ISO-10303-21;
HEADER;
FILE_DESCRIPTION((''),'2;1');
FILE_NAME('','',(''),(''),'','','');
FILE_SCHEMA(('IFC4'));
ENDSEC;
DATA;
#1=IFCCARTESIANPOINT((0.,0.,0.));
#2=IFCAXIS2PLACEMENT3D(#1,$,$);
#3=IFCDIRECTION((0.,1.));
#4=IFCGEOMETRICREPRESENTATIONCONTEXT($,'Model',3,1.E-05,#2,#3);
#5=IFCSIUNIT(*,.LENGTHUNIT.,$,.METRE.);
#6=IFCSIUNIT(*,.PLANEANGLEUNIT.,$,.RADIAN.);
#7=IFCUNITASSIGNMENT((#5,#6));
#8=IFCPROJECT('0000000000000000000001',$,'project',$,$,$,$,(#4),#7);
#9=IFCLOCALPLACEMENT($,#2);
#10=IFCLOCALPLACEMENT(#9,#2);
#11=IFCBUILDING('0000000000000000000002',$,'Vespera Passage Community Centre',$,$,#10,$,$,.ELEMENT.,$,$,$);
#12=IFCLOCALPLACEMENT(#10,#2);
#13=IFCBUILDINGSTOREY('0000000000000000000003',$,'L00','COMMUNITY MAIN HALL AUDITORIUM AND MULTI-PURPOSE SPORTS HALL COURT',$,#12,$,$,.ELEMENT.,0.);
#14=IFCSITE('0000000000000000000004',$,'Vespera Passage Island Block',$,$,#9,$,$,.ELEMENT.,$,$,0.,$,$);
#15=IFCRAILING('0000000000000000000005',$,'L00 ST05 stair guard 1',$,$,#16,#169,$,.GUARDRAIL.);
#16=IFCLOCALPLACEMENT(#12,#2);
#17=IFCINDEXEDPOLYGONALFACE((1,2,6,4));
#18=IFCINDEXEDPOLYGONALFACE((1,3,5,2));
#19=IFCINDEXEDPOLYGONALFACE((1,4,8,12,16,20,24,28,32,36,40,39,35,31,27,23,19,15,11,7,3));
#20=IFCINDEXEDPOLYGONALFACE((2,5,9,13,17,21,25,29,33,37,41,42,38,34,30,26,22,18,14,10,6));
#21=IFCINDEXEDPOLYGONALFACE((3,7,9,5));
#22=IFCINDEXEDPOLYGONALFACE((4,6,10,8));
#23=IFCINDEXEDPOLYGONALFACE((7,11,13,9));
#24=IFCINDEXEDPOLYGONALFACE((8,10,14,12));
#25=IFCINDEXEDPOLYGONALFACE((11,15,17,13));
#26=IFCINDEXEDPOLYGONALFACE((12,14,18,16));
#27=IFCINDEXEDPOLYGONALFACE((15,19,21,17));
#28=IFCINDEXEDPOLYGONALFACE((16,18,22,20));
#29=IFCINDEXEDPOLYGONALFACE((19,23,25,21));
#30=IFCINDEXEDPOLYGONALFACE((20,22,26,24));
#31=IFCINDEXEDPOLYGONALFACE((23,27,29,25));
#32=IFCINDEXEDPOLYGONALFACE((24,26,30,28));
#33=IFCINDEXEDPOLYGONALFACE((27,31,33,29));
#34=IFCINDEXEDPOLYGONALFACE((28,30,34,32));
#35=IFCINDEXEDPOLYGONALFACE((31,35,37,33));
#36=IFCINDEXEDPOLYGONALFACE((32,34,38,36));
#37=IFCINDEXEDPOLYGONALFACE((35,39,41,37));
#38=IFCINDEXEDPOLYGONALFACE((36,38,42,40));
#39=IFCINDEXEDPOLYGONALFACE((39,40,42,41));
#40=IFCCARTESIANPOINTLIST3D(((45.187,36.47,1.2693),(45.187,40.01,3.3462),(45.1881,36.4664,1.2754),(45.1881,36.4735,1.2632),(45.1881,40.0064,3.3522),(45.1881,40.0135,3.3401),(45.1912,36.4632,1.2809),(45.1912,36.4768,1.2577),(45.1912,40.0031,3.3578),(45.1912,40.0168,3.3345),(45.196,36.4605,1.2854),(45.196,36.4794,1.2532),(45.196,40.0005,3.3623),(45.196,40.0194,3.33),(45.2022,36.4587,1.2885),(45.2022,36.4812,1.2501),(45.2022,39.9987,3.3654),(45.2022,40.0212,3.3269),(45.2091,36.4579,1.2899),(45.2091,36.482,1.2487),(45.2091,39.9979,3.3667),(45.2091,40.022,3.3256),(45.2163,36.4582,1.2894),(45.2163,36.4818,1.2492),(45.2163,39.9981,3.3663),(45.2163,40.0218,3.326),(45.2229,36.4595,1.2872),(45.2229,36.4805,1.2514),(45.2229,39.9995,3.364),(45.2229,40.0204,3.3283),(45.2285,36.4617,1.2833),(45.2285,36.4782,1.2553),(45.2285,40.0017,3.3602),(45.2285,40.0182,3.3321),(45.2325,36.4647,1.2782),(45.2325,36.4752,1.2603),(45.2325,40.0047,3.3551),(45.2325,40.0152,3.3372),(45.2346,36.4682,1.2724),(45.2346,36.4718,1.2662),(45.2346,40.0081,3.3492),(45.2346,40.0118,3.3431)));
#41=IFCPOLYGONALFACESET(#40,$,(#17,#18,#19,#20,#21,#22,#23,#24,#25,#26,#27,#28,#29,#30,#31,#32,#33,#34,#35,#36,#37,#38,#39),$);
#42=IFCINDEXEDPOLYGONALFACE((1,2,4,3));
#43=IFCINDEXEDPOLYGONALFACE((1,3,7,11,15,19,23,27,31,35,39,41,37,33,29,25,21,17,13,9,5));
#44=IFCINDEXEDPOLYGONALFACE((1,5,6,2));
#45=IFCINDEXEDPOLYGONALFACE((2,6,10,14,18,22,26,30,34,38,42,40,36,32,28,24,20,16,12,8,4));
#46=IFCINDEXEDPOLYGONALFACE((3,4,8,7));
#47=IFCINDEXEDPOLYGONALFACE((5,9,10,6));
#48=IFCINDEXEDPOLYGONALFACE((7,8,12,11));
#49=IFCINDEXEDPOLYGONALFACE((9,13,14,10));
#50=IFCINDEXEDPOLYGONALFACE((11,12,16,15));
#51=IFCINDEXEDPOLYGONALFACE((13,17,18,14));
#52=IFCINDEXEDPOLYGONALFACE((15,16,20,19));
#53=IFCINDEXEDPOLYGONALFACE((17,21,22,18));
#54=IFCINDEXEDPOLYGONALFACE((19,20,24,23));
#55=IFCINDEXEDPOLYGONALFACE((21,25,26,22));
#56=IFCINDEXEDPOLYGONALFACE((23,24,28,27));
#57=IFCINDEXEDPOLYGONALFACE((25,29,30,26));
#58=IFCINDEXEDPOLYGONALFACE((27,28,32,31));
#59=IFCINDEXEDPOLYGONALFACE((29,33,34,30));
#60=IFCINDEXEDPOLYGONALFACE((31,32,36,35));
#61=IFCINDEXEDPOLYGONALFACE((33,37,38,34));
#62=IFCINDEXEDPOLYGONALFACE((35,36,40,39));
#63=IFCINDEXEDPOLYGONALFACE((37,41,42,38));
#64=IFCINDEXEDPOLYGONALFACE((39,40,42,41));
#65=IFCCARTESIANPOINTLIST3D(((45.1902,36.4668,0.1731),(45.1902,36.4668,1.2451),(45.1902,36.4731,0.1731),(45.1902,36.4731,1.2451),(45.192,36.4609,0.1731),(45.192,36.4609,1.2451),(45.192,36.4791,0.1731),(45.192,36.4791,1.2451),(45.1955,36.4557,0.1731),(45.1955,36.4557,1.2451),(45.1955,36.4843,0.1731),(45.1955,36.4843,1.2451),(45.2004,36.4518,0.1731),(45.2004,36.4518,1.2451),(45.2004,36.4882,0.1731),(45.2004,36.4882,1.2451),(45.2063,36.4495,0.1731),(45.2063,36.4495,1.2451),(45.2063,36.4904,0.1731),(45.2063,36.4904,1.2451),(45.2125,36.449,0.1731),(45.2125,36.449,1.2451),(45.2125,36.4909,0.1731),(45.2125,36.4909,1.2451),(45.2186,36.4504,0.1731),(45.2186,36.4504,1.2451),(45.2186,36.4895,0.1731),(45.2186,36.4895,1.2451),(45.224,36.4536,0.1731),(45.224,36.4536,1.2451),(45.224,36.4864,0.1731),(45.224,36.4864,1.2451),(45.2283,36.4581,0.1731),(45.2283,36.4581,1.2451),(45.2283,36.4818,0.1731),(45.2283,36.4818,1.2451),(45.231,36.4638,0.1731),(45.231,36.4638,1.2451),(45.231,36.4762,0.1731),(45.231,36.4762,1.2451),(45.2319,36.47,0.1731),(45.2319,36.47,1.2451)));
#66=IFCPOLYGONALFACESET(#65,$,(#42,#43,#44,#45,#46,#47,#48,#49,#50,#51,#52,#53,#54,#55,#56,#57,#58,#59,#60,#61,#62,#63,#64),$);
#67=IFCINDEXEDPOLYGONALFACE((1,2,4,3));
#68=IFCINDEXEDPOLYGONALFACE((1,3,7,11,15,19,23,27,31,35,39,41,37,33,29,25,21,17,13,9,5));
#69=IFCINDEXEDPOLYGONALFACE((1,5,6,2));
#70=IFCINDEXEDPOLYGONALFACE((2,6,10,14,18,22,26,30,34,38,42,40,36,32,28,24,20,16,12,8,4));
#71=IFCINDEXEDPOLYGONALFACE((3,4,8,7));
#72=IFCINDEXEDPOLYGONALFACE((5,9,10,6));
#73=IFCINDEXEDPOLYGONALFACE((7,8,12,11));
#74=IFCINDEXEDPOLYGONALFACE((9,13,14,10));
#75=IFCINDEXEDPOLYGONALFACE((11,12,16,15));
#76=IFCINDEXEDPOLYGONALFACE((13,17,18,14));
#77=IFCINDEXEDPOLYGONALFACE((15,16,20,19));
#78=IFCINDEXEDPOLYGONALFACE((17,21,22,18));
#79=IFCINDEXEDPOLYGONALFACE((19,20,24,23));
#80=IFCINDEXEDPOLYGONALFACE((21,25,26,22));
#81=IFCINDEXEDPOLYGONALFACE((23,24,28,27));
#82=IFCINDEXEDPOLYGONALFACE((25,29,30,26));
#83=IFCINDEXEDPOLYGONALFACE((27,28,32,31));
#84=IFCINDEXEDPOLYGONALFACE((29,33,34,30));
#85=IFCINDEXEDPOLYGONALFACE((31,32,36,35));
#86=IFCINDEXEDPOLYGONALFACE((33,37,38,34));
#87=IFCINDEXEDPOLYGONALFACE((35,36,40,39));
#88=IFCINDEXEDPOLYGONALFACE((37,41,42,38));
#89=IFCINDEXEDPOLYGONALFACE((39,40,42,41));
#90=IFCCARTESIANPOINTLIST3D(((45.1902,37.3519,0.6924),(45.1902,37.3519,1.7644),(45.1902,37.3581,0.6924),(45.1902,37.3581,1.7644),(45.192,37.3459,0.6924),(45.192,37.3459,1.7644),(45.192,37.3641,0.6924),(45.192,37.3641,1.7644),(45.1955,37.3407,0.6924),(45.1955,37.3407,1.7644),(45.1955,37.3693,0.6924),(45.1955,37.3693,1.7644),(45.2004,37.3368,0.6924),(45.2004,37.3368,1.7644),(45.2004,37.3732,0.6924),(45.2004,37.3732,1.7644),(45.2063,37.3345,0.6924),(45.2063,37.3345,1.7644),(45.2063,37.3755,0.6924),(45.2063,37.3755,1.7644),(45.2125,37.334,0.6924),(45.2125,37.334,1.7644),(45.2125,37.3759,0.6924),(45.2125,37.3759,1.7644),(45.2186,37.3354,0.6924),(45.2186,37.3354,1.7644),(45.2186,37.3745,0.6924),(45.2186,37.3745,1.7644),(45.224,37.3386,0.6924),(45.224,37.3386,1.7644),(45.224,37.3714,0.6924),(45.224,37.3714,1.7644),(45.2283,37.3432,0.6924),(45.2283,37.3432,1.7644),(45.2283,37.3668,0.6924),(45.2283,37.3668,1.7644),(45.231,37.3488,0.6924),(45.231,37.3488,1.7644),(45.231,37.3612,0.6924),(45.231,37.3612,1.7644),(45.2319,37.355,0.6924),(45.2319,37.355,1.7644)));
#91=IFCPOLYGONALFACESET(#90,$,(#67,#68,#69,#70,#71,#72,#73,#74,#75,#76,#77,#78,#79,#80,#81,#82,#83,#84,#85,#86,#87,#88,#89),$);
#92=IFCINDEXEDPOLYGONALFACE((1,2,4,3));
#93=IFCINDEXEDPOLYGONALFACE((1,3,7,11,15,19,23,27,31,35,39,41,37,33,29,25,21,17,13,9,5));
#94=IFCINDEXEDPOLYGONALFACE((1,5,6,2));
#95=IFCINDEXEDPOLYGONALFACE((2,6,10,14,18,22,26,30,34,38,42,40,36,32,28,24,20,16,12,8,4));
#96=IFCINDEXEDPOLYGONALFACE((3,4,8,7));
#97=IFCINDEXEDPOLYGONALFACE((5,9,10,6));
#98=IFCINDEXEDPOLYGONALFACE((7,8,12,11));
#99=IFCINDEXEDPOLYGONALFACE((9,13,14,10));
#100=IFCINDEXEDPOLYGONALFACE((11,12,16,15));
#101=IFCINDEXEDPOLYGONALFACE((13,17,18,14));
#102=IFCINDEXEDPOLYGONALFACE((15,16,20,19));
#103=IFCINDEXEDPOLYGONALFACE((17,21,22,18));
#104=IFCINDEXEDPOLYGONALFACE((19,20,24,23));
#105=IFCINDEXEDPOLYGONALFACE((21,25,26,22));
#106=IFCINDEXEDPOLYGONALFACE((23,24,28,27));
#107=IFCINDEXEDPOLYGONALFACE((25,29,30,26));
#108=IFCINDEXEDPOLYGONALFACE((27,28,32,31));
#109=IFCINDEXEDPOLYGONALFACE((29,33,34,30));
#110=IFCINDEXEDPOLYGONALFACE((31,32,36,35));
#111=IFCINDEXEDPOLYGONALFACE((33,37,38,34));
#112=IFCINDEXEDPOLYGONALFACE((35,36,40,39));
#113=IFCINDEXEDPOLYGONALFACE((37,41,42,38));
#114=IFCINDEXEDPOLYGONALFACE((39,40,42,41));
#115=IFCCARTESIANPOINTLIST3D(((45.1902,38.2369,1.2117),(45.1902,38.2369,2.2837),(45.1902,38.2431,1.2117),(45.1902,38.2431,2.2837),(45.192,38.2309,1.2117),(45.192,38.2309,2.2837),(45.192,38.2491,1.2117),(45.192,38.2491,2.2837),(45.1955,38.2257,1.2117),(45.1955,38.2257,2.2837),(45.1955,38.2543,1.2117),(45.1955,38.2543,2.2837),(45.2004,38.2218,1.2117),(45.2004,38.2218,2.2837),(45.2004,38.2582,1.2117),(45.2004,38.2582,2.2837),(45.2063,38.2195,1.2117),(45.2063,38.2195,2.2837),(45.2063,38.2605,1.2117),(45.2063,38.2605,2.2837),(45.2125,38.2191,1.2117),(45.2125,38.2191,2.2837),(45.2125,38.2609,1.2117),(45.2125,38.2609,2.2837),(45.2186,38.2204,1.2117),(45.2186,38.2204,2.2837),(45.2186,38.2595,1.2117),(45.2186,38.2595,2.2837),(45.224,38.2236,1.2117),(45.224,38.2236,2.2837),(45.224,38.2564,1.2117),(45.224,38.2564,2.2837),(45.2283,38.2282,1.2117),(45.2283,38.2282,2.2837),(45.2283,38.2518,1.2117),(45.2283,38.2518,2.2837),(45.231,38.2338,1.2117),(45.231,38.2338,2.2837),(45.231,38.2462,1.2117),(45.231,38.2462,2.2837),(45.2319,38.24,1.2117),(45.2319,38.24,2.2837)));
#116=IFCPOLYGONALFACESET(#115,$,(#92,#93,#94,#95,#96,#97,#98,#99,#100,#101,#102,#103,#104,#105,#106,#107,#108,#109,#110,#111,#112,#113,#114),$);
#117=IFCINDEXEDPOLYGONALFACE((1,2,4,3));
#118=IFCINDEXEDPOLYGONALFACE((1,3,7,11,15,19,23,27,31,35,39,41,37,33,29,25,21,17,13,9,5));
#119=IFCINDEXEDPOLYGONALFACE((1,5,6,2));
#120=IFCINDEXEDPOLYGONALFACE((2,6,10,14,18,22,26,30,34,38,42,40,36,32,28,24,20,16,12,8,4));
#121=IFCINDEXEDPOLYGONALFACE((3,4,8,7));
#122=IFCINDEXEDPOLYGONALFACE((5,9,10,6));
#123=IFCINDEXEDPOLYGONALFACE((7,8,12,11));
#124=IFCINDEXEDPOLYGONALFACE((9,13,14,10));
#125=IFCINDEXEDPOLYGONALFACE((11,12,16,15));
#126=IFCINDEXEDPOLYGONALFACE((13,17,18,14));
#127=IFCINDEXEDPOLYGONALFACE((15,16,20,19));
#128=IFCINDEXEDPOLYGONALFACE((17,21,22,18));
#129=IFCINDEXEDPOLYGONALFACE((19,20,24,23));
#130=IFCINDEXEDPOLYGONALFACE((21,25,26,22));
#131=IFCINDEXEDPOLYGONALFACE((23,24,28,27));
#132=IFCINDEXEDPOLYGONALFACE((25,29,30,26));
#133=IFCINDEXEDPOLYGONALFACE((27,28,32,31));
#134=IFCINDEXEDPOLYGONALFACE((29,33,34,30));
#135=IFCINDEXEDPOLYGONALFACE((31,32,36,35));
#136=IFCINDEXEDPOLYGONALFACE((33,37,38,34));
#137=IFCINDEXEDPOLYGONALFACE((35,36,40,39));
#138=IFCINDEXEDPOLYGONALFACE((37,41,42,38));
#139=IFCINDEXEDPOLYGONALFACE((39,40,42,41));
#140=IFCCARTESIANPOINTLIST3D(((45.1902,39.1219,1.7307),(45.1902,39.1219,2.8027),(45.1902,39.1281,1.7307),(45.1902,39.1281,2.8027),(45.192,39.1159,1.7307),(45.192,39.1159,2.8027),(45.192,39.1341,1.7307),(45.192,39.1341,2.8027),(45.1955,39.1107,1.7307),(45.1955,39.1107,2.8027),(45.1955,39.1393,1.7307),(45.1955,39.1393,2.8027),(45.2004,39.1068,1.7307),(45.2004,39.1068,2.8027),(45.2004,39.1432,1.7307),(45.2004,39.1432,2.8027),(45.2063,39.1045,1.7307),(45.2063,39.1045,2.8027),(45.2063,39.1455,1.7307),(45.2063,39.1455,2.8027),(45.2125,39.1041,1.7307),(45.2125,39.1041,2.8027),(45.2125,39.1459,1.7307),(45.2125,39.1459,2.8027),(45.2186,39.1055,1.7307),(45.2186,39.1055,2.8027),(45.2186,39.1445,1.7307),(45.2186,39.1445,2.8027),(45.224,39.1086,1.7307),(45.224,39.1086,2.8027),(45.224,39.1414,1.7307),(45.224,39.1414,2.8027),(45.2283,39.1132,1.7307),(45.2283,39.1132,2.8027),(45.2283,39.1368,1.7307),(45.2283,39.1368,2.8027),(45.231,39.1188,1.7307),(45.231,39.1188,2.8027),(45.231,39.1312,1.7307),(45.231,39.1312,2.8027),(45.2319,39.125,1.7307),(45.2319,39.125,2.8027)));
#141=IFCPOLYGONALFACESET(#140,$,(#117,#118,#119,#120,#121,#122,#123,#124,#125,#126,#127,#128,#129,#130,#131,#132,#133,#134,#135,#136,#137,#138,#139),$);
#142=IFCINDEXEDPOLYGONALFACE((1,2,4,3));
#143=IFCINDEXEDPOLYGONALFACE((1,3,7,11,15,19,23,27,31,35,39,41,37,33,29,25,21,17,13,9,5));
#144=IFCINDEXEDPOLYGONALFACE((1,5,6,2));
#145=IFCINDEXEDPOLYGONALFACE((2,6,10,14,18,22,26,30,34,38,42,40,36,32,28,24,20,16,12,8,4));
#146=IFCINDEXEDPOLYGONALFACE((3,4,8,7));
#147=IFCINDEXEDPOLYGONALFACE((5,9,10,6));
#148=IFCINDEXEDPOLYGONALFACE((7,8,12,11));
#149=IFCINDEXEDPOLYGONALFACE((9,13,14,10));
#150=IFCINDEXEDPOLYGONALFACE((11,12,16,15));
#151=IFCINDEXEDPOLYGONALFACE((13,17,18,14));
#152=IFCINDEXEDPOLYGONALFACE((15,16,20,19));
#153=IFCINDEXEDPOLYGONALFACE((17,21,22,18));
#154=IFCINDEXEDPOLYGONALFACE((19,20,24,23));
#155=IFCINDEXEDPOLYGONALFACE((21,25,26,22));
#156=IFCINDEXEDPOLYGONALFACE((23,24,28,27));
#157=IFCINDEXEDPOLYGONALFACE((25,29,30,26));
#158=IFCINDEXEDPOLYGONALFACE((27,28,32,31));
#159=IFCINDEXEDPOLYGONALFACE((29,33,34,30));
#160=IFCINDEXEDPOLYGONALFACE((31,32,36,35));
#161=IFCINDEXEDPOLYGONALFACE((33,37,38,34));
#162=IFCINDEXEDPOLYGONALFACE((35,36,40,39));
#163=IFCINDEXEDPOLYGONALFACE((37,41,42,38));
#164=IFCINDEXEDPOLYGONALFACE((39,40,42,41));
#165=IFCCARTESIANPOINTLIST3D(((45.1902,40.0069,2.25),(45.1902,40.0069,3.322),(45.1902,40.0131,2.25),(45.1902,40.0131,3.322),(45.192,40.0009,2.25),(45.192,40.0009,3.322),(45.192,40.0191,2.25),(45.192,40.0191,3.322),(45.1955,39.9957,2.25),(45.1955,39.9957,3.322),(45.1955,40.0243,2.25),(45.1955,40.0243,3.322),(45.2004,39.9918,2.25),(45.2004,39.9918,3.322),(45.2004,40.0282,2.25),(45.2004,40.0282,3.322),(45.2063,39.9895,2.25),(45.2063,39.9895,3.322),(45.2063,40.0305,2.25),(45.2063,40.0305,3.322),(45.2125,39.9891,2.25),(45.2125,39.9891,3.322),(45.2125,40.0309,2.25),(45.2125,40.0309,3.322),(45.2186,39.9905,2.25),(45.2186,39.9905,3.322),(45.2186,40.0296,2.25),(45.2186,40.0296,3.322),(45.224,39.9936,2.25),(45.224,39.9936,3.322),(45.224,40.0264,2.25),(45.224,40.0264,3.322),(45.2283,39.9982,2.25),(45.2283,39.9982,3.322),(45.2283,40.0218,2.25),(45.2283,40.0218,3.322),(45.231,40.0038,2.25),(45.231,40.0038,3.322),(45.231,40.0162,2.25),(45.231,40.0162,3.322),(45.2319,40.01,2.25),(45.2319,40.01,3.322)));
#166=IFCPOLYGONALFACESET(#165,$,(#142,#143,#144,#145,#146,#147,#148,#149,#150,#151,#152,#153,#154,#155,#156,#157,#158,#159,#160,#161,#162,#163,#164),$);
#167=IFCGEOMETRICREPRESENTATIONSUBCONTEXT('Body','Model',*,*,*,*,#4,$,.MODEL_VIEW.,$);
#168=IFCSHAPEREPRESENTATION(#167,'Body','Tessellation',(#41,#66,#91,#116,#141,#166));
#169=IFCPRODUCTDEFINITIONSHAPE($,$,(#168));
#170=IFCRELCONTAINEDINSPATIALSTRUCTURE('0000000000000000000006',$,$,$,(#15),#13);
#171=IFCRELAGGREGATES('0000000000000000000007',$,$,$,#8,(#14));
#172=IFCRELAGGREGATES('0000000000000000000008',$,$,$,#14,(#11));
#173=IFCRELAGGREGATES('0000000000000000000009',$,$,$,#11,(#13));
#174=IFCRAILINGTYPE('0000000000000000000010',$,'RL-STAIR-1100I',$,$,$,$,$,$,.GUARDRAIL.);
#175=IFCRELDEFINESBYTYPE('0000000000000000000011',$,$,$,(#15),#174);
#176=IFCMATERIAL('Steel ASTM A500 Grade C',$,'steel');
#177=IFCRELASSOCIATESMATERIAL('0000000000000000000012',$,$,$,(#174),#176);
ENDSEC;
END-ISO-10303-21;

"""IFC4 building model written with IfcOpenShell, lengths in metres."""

from ifc_helpers import new_model, si_unit, direction, frame, origin, origin_2d, place, context, subcontext, project, spatial, circle, extrude, material, type_object, element, save


model = new_model("IFC4")

# Units and contexts
model_context = context("Model", 3, precision=1e-05, world=origin(), true_north=direction((0.0, 1.0)))
body_context = subcontext(model_context, "Body", "Model", "MODEL_VIEW")
ifc_project = project(units=[si_unit("LENGTHUNIT", "METRE"), si_unit("PLANEANGLEUNIT", "RADIAN")], contexts=[model_context])

# Site, building, storey
site_placement = place(None, origin())
site = spatial("IfcSite", under=ifc_project, at=site_placement, Name="Vespera Passage Island Block", CompositionType="ELEMENT", RefElevation=0.0)
building_placement = place(site_placement, origin())
building = spatial("IfcBuilding", under=site, at=building_placement, Name="Vespera Passage Community Centre", CompositionType="ELEMENT")
storey_placement = place(building_placement, origin())
storey = spatial("IfcBuildingStorey", under=building, at=storey_placement, Name="L00", Description="COMMUNITY MAIN HALL AUDITORIUM AND MULTI-PURPOSE SPORTS HALL COURT", CompositionType="ELEMENT", Elevation=0.0)

# Railing
ifc_material_1 = material(Name="Steel ASTM A500 Grade C", Category="steel")
railing_type = type_object("IfcRailingType", Name="RL-STAIR-1100I", PredefinedType="GUARDRAIL", material=ifc_material_1)
railing_1_placement = place(storey_placement, frame((45.2109, 36.47, 0.1731)))
element("IfcRailing", 1, at=railing_1_placement, inside=storey, type_object=railing_type, Name="L00 ST05 stair guard 1", PredefinedType="GUARDRAIL", context=body_context, shape_type="SweptSolid", body=[
    extrude(circle(Radius=0.0239, at=origin_2d()), frame((0.0, 0.0, 1.0962), z_axis=(0.0, 0.862516, 0.506029), x_axis=(-1.0, 0.0, 0.0)), (0.0, 0.0, 1.0), 4.1042),
    extrude(circle(Radius=0.021, at=origin_2d()), origin(), (0.0, 0.0, 1.0), 1.072),
    extrude(circle(Radius=0.021, at=origin_2d()), frame((0.0, 0.885, 0.5193)), (0.0, 0.0, 1.0), 1.072),
    extrude(circle(Radius=0.021, at=origin_2d()), frame((0.0, 1.77, 1.0386)), (0.0, 0.0, 1.0), 1.072),
    extrude(circle(Radius=0.021, at=origin_2d()), frame((0.0, 2.655, 1.5576)), (0.0, 0.0, 1.0), 1.072),
    extrude(circle(Radius=0.021, at=origin_2d()), frame((0.0, 3.54, 2.0769)), (0.0, 0.0, 1.0), 1.072),
])

save(model, "model.ifc")
